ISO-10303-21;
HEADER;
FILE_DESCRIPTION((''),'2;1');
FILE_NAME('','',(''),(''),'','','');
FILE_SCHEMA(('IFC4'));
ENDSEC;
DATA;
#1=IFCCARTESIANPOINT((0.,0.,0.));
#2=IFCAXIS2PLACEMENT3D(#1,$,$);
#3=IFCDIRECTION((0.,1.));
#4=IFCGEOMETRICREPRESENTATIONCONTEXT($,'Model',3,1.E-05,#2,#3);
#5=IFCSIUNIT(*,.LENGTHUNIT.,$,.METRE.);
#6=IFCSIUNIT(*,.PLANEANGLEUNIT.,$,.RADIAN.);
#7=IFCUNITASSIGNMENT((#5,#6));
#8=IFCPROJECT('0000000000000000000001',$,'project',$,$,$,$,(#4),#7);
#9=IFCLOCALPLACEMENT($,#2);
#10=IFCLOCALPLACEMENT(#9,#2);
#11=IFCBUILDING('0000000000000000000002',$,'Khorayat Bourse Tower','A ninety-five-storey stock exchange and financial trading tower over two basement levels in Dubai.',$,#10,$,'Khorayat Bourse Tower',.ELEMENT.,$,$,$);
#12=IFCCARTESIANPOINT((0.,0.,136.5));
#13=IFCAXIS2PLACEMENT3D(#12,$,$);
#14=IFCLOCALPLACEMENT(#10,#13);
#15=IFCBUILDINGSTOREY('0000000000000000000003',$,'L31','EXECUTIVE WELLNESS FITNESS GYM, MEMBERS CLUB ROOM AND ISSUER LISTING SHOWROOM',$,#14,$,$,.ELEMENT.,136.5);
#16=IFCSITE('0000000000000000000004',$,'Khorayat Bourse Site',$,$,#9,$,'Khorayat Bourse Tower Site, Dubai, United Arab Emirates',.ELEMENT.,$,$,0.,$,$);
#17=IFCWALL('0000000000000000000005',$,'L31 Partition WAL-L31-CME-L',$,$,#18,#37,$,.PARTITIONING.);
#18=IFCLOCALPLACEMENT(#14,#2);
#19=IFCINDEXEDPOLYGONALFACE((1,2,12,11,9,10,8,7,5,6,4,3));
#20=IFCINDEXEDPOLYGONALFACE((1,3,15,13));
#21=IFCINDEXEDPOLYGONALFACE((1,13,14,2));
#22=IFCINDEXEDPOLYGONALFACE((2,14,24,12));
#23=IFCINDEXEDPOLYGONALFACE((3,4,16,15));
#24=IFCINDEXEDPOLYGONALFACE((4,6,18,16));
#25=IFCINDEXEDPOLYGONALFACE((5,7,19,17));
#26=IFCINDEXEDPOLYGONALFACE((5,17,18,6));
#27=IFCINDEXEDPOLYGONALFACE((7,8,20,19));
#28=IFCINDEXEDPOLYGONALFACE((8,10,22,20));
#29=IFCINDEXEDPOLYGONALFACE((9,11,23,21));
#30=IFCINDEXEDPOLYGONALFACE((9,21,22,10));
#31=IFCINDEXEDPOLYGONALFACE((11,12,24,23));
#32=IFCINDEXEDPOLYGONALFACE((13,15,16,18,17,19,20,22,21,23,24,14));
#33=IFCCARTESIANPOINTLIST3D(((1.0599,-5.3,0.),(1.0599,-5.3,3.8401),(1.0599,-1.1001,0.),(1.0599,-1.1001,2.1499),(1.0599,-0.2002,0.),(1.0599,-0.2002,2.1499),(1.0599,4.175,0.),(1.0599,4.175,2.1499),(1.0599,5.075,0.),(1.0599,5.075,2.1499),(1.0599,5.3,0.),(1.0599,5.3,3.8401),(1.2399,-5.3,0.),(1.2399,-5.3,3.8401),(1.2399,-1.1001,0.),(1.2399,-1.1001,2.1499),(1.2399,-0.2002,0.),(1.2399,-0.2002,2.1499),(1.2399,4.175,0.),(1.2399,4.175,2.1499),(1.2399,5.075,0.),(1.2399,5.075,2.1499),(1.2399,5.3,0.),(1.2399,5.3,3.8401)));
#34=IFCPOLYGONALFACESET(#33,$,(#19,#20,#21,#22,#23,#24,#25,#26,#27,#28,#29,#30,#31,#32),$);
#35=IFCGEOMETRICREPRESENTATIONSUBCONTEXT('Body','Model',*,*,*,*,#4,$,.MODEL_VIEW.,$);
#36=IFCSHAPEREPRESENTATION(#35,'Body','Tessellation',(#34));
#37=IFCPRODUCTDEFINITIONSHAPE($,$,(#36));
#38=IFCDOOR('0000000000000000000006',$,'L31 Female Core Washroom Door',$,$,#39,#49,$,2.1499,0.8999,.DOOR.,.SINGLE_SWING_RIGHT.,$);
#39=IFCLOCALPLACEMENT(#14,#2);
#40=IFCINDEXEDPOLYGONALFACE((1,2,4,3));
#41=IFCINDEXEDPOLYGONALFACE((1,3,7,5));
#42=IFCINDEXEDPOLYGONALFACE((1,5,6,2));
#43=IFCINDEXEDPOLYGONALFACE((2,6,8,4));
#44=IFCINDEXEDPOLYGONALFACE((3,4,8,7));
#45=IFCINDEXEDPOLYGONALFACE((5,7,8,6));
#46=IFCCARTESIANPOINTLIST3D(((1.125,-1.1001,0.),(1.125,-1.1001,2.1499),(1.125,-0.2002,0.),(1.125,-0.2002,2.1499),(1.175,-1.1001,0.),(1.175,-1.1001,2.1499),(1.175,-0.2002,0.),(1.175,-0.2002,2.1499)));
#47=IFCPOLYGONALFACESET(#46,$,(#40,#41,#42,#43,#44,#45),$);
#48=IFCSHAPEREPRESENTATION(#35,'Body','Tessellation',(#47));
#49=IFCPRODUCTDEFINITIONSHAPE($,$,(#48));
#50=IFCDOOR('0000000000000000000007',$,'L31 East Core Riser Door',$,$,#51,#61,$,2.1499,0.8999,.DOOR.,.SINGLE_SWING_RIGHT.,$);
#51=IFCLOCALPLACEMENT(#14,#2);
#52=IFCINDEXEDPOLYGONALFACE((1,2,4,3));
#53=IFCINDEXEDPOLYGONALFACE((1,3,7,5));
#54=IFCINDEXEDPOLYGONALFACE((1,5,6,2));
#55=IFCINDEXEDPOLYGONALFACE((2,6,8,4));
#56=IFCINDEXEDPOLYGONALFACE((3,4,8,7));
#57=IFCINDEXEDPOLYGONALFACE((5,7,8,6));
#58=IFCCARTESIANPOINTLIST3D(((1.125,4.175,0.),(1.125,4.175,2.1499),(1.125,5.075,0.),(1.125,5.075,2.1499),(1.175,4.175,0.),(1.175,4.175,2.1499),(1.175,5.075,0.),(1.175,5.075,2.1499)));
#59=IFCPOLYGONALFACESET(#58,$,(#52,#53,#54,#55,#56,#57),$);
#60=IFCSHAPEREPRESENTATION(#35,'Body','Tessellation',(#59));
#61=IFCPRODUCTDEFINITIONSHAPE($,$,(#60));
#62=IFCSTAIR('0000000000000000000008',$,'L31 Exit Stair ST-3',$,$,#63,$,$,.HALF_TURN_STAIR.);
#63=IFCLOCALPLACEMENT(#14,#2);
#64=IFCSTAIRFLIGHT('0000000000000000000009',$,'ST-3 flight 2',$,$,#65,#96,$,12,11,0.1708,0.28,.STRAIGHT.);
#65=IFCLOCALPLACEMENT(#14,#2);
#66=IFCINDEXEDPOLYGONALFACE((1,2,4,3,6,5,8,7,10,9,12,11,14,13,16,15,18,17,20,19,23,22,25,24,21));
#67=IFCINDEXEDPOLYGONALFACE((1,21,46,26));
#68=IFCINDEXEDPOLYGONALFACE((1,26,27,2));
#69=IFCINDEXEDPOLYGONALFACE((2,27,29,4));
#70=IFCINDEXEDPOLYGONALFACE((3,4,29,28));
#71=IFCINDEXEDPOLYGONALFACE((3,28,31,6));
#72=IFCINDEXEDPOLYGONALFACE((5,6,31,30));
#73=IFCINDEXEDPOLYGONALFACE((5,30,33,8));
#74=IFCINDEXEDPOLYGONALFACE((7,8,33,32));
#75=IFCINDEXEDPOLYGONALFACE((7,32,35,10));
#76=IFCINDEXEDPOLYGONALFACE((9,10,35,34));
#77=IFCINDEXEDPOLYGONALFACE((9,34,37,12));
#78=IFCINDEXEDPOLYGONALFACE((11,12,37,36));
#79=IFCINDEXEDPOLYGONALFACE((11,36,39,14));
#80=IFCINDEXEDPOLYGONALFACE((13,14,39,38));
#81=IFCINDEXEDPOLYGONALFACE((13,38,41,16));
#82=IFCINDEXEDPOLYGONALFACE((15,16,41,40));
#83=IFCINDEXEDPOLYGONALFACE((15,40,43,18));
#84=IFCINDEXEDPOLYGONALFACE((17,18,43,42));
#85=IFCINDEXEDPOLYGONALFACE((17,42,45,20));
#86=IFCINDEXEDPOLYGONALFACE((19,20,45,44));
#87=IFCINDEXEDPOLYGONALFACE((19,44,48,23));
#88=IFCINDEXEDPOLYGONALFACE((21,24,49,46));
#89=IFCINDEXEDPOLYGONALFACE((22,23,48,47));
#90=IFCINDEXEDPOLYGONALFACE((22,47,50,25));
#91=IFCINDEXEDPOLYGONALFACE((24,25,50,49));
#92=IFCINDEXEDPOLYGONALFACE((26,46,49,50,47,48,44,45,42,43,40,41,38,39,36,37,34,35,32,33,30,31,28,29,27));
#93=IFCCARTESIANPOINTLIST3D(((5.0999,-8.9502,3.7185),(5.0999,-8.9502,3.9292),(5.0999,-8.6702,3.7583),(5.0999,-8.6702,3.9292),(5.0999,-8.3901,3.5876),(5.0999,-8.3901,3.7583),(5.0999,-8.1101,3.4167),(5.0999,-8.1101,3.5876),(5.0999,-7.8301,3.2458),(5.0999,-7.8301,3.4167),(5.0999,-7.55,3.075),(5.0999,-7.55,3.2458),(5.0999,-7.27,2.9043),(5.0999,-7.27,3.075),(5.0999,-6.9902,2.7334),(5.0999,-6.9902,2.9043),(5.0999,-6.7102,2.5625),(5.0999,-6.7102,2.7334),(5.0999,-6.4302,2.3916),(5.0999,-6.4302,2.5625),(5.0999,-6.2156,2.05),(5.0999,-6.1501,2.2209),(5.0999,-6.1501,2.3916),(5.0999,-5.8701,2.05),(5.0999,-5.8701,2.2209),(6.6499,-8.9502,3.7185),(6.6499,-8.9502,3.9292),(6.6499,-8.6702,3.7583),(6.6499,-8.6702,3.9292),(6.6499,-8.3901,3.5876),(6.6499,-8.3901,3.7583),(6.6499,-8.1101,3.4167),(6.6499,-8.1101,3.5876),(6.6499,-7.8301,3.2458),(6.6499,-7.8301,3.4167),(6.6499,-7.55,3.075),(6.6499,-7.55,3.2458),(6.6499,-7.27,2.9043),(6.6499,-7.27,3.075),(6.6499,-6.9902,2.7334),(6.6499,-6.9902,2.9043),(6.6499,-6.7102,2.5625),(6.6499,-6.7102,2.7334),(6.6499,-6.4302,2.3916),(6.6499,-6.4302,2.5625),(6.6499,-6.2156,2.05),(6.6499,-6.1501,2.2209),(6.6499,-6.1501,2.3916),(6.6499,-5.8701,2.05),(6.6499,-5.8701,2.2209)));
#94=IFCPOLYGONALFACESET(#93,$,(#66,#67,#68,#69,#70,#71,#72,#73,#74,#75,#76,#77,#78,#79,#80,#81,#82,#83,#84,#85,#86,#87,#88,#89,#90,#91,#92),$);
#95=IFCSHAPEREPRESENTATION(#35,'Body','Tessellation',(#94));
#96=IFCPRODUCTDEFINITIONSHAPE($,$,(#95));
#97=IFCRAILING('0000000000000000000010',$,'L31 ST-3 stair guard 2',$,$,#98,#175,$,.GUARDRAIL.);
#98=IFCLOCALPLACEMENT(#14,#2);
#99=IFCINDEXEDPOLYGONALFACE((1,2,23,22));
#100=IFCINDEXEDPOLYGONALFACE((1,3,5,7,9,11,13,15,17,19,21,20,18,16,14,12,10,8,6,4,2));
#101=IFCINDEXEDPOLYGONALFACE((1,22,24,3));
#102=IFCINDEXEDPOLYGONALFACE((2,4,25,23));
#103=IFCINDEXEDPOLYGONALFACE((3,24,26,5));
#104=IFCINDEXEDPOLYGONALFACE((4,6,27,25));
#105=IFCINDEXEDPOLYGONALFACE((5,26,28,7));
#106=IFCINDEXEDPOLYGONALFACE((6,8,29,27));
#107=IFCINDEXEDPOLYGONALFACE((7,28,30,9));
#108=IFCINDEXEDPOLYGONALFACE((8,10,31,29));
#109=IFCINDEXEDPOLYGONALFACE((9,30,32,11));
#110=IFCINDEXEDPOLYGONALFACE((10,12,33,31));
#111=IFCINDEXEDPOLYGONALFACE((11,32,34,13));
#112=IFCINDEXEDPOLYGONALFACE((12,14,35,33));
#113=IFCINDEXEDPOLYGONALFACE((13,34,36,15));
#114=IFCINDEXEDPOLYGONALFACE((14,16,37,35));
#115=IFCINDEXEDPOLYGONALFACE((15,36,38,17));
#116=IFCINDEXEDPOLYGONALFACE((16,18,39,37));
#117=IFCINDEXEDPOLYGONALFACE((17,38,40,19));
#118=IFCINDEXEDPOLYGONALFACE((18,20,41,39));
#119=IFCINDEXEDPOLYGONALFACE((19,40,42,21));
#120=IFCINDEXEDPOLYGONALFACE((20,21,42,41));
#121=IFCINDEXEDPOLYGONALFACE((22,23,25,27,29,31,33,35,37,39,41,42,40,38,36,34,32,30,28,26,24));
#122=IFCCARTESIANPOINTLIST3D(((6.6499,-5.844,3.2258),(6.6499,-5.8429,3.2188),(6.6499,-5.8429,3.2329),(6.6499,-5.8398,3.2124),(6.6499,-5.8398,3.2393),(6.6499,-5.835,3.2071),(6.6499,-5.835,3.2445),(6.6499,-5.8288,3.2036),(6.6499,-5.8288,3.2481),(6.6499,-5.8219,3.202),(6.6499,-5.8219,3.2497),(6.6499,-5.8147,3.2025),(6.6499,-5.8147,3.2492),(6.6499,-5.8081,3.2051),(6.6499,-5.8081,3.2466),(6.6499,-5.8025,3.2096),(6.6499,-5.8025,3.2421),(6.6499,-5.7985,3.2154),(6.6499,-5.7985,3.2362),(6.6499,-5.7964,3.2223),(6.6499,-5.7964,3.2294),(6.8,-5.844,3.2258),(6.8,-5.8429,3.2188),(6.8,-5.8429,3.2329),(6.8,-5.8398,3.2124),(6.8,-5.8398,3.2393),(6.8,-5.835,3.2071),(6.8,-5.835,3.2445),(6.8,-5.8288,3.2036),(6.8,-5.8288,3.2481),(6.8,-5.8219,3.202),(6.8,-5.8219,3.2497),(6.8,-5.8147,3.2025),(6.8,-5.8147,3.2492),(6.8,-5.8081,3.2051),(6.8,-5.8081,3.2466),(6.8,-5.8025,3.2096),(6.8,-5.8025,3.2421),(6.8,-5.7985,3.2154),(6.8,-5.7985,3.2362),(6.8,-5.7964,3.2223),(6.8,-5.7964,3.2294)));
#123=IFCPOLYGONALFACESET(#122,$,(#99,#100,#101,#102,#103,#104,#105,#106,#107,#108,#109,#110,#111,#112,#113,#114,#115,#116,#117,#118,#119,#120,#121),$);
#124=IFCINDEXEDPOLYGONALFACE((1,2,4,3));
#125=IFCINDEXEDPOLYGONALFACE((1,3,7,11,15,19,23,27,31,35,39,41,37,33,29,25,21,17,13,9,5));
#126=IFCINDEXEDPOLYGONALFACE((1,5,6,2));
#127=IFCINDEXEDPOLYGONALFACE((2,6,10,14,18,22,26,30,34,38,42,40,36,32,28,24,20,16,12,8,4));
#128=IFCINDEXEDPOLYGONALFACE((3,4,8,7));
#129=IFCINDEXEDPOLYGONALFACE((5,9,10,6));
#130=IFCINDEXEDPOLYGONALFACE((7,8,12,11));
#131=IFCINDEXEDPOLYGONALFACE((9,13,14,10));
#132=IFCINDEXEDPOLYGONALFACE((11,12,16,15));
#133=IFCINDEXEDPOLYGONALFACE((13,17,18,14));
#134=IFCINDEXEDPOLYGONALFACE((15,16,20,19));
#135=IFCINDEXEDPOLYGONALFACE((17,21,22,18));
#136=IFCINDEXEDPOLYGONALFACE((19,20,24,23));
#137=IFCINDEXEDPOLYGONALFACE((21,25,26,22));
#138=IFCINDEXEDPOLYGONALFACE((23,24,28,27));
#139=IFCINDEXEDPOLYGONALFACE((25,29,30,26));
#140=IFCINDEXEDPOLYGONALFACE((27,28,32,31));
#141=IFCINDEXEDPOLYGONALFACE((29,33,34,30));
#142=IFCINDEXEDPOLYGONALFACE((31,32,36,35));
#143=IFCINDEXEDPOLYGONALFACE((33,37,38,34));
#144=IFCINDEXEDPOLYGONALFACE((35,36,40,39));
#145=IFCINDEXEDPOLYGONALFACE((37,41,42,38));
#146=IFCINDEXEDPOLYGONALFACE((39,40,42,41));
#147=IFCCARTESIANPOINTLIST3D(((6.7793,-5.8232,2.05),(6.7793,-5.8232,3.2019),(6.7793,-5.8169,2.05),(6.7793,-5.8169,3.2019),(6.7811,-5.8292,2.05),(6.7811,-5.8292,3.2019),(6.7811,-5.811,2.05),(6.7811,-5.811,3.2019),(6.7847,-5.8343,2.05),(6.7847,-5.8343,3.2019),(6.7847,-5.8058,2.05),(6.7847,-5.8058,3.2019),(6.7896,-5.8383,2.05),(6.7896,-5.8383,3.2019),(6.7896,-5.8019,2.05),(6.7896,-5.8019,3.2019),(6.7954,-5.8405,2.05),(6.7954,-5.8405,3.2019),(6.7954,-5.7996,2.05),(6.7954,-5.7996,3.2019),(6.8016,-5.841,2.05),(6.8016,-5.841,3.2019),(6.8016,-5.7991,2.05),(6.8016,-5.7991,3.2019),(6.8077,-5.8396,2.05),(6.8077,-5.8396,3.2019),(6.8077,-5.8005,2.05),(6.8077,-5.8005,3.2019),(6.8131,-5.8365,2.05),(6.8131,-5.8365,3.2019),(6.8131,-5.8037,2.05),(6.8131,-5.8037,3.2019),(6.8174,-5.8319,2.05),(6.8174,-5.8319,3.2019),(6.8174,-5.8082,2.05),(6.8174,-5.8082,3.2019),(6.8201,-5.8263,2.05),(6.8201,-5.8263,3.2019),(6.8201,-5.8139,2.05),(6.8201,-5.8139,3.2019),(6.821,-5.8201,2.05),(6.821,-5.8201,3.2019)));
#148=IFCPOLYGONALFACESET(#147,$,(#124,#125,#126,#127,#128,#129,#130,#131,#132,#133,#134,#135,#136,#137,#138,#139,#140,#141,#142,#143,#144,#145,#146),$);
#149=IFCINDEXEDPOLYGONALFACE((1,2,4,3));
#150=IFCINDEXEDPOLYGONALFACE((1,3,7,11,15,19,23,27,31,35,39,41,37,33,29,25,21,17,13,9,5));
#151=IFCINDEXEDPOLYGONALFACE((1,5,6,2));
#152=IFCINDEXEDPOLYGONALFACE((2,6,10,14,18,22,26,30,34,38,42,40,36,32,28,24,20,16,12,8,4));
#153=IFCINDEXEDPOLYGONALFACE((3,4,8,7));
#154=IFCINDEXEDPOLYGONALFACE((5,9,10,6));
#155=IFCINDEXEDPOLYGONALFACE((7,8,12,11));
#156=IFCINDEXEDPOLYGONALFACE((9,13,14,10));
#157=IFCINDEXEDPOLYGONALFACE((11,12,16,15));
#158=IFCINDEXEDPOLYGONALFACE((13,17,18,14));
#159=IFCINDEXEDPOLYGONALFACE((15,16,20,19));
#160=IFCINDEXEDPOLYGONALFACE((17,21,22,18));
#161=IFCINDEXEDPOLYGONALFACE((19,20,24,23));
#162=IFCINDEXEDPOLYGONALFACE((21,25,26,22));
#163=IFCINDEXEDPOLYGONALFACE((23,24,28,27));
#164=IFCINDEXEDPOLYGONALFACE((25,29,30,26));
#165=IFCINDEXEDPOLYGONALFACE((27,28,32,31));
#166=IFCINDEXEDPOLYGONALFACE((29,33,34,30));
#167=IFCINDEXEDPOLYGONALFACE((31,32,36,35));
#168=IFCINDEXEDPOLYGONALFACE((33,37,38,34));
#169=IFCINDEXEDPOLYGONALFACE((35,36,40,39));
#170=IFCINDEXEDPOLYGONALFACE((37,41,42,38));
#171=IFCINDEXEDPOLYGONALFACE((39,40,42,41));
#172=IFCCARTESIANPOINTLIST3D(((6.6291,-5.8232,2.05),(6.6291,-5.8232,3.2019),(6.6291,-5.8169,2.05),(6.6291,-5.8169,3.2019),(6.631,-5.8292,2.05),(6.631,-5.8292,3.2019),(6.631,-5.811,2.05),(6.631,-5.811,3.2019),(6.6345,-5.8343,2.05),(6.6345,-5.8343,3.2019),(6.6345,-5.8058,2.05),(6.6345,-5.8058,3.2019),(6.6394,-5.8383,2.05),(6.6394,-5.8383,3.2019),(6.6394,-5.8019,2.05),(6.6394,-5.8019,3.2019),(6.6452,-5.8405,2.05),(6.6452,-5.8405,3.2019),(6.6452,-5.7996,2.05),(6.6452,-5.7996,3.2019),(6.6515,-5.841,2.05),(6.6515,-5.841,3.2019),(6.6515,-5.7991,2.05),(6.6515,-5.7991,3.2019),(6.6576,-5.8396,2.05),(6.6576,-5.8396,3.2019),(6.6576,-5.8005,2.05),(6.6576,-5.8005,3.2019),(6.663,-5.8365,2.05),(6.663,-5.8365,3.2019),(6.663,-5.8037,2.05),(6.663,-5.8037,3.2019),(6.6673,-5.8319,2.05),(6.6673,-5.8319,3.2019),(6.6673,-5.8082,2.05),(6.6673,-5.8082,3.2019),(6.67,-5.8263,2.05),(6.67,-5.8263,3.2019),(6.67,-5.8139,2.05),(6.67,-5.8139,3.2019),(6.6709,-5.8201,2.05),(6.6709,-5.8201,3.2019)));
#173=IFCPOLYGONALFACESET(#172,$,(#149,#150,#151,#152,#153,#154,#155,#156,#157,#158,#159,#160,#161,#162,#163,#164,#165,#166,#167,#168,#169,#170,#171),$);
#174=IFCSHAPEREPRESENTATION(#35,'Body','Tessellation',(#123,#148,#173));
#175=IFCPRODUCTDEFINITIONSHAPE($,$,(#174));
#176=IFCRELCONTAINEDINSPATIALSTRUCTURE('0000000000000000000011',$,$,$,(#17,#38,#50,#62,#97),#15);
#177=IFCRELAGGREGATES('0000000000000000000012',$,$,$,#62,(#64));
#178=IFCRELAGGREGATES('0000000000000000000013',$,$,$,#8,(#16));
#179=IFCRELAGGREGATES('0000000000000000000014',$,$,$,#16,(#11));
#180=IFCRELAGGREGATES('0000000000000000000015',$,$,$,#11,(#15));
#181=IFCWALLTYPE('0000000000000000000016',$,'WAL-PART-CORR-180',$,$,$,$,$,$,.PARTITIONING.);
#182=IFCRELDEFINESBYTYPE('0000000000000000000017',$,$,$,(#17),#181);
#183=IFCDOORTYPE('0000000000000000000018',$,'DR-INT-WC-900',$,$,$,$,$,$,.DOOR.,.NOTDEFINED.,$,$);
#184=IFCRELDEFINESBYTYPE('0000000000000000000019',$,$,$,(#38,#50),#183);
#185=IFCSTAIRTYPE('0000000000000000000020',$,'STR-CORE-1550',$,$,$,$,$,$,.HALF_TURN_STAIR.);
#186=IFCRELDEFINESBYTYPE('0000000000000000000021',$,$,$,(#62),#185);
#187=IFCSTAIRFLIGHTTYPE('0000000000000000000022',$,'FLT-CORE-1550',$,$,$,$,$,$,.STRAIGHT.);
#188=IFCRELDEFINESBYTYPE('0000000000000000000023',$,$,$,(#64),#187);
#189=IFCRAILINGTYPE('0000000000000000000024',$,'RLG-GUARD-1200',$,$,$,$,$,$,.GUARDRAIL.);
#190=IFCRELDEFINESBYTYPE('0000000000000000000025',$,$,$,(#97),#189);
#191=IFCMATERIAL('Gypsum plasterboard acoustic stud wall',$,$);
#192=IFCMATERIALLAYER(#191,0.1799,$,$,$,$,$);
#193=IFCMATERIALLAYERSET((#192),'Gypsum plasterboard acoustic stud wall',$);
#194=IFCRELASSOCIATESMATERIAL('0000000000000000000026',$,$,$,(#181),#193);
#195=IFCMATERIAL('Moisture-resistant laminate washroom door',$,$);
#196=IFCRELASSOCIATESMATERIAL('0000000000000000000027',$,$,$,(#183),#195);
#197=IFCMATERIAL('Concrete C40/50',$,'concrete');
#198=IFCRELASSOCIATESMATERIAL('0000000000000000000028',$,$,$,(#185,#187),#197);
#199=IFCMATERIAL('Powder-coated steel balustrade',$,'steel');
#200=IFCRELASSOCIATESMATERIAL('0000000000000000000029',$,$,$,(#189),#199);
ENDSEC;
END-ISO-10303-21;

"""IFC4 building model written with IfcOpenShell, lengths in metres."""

from ifc_helpers import new_model, si_unit, direction, frame, frame_2d, origin, origin_2d, place, context, subcontext, project, spatial, polyline, rectangle, circle, outline, extrude, source, transform, mapped, material, layer, layer_set, type_object, element, fill, aggregate, save


model = new_model("IFC4")

# Units and contexts
model_context = context("Model", 3, precision=1e-05, world=origin(), true_north=direction((0.0, 1.0)))
body_context = subcontext(model_context, "Body", "Model", "MODEL_VIEW")
ifc_project = project(units=[si_unit("LENGTHUNIT", "METRE"), si_unit("PLANEANGLEUNIT", "RADIAN")], contexts=[model_context])

# Site, building, storey
site_placement = place(None, origin())
site = spatial("IfcSite", under=ifc_project, at=site_placement, Name="Khorayat Bourse Site", LongName="Khorayat Bourse Tower Site, Dubai, United Arab Emirates", CompositionType="ELEMENT", RefElevation=0.0)
building_placement = place(site_placement, origin())
building = spatial("IfcBuilding", under=site, at=building_placement, Name="Khorayat Bourse Tower", Description="A ninety-five-storey stock exchange and financial trading tower over two basement levels in Dubai.", LongName="Khorayat Bourse Tower", CompositionType="ELEMENT")
storey_placement = place(building_placement, frame((0.0, 0.0, 136.5)))
storey = spatial("IfcBuildingStorey", under=building, at=storey_placement, Name="L31", Description="EXECUTIVE WELLNESS FITNESS GYM, MEMBERS CLUB ROOM AND ISSUER LISTING SHOWROOM", CompositionType="ELEMENT", Elevation=136.5)

# Wall, openings, doors
ifc_material_1 = material(Name="Gypsum plasterboard acoustic stud wall")
ifc_layer_1 = layer(ifc_material_1, 0.1799)
ifc_layer_set_1 = layer_set([ifc_layer_1], Name="Gypsum plasterboard acoustic stud wall")
wall_type_1 = type_object("IfcWallType", Name="WAL-PART-CORR-180", PredefinedType="PARTITIONING", material=ifc_layer_set_1)
shared_shape_1 = source(origin(), body_context, "Body", "SweptSolid", [
    extrude(rectangle(XDim=10.6001, YDim=0.1799, at=frame_2d((5.3, 0.0))), origin(), (0.0, 0.0, 1.0), 3.8401),
])
shared_shape_2 = source(origin(), body_context, "Body", "SweptSolid", [
    extrude(rectangle(XDim=0.8999, YDim=2.1499, at=frame_2d((0.45, 1.075))), frame((0.0, 0.0999, 0.0), z_axis=(0.0, -1.0, 0.0), x_axis=(1.0, 0.0, 0.0)), (0.0, 0.0, 1.0), 0.2),
])
ifc_material_2 = material(Name="Moisture-resistant laminate washroom door")
door_type_1 = type_object("IfcDoorType", Name="DR-INT-WC-900", OperationType="NOTDEFINED", PredefinedType="DOOR", material=ifc_material_2)
shared_shape_3 = source(origin(), body_context, "Body", "SweptSolid", [
    extrude(rectangle(XDim=0.8999, YDim=2.1499, at=frame_2d((0.45, 1.075))), frame((0.0, 0.0249, 0.0), z_axis=(0.0, -1.0, 0.0), x_axis=(1.0, 0.0, 0.0)), (0.0, 0.0, 1.0), 0.05),
])
wall_1_placement = place(storey_placement, frame((1.1499, -5.3, 0.0), z_axis=(0.0, 0.0, 1.0), x_axis=(0.0, 1.0, 0.0)))
wall_1 = element("IfcWall", 1, at=wall_1_placement, inside=storey, type_object=wall_type_1, Name="L31 Partition WAL-L31-CME-L", PredefinedType="PARTITIONING", context=body_context, shape_type="MappedRepresentation", body=[
    mapped(shared_shape_1, transform((0.0, 0.0, 0.0), scale=1.0)),
])
opening_1_placement = place(wall_1_placement, frame((4.2, 0.0, 0.0)))
opening_1 = element("IfcOpeningElement", 2, at=opening_1_placement, cuts=wall_1, PredefinedType="OPENING", context=body_context, shape_type="MappedRepresentation", body=[
    mapped(shared_shape_2, transform((0.0, 0.0, 0.0), scale=1.0)),
])
opening_2_placement = place(wall_1_placement, frame((9.4751, 0.0, 0.0)))
opening_2 = element("IfcOpeningElement", 3, at=opening_2_placement, cuts=wall_1, PredefinedType="OPENING", context=body_context, shape_type="MappedRepresentation", body=[
    mapped(shared_shape_2, transform((0.0, 0.0, 0.0), scale=1.0)),
])
door_1_placement = place(opening_1_placement, origin())
door_1 = element("IfcDoor", 4, at=door_1_placement, inside=storey, type_object=door_type_1, Name="L31 Female Core Washroom Door", OperationType="SINGLE_SWING_RIGHT", OverallHeight=2.1499, OverallWidth=0.8999, PredefinedType="DOOR", context=body_context, shape_type="MappedRepresentation", body=[
    mapped(shared_shape_3, transform((0.0, 0.0, 0.0), scale=1.0)),
])
fill(opening_1, door_1)
door_2_placement = place(opening_2_placement, origin())
door_2 = element("IfcDoor", 5, at=door_2_placement, inside=storey, type_object=door_type_1, Name="L31 East Core Riser Door", OperationType="SINGLE_SWING_RIGHT", OverallHeight=2.1499, OverallWidth=0.8999, PredefinedType="DOOR", context=body_context, shape_type="MappedRepresentation", body=[
    mapped(shared_shape_3, transform((0.0, 0.0, 0.0), scale=1.0)),
])
fill(opening_2, door_2)

# Stair, stair flight
ifc_material_3 = material(Name="Concrete C40/50", Category="concrete")
stair_type = type_object("IfcStairType", Name="STR-CORE-1550", PredefinedType="HALF_TURN_STAIR", material=ifc_material_3)
stair_placement = place(storey_placement, origin())
stair = element("IfcStair", 6, at=stair_placement, inside=storey, type_object=stair_type, Name="L31 Exit Stair ST-3", PredefinedType="HALF_TURN_STAIR")
stair_flight_type = type_object("IfcStairFlightType", Name="FLT-CORE-1550", PredefinedType="STRAIGHT", material=ifc_material_3)
shared_shape_4 = source(origin(), body_context, "Body", "SweptSolid", [
    extrude(outline(polyline([(0.0, 0.0), (0.0, 0.1709), (0.28, 0.1709), (0.28, 0.3416), (0.5601, 0.3416), (0.5601, 0.5125), (0.8401, 0.5125), (0.8401, 0.6833), (1.1201, 0.6833), (1.1201, 0.8542), (1.3999, 0.8542), (1.3999, 1.0249), (1.6799, 1.0249), (1.6799, 1.1958), (1.96, 1.1958), (1.96, 1.3667), (2.24, 1.3667), (2.24, 1.5376), (2.52, 1.5376), (2.52, 1.7083), (2.8, 1.7083), (2.8, 1.8792), (3.0801, 1.8792), (3.0801, 2.05), (3.0801, 1.6685), (0.3455, 0.0), (0.0, 0.0)])), frame((0.0, 0.7749, 0.0), z_axis=(0.0, -1.0, 0.0), x_axis=(1.0, 0.0, 0.0)), (0.0, 0.0, 1.0), 1.55),
])
stair_flight_placement = place(storey_placement, frame((5.875, -5.8701, 2.05), z_axis=(0.0, 0.0, 1.0), x_axis=(0.0, -1.0, 0.0)))
stair_flight = element("IfcStairFlight", 7, at=stair_flight_placement, type_object=stair_flight_type, Name="ST-3 flight 2", NumberOfRisers=12, NumberOfTreads=11, PredefinedType="STRAIGHT", RiserHeight=0.1708, TreadLength=0.28, context=body_context, shape_type="MappedRepresentation", body=[
    mapped(shared_shape_4, transform((0.0, 0.0, 0.0), scale=1.0)),
])
aggregate(stair, [stair_flight])

# Railing
ifc_material_4 = material(Name="Powder-coated steel balustrade", Category="steel")
railing_type_1 = type_object("IfcRailingType", Name="RLG-GUARD-1200", PredefinedType="GUARDRAIL", material=ifc_material_4)
shared_shape_5 = source(origin(), body_context, "Body", "SweptSolid", [
    extrude(circle(Radius=0.0239, at=origin_2d()), frame((0.0, 0.0, 1.1758), z_axis=(-1.0, 0.0, 0.0), x_axis=(0.0, -1.0, 0.0)), (0.0, 0.0, 1.0), 0.1501),
    extrude(circle(Radius=0.021, at=origin_2d()), origin(), (0.0, 0.0, 1.0), 1.1519),
    extrude(circle(Radius=0.021, at=origin_2d()), frame((-0.1501, 0.0, 0.0)), (0.0, 0.0, 1.0), 1.1519),
])
for number, where, name in (
    (8, (6.8, -5.8201, 2.05), "L31 ST-3 stair guard 2"),
):
    element("IfcRailing", number, at=place(storey_placement, frame(where)), inside=storey, type_object=railing_type_1, Name=name, PredefinedType="GUARDRAIL", context=body_context, shape_type="MappedRepresentation", body=[
        mapped(shared_shape_5, transform((0.0, 0.0, 0.0), scale=1.0)),
    ])

save(model, "model.ifc")
